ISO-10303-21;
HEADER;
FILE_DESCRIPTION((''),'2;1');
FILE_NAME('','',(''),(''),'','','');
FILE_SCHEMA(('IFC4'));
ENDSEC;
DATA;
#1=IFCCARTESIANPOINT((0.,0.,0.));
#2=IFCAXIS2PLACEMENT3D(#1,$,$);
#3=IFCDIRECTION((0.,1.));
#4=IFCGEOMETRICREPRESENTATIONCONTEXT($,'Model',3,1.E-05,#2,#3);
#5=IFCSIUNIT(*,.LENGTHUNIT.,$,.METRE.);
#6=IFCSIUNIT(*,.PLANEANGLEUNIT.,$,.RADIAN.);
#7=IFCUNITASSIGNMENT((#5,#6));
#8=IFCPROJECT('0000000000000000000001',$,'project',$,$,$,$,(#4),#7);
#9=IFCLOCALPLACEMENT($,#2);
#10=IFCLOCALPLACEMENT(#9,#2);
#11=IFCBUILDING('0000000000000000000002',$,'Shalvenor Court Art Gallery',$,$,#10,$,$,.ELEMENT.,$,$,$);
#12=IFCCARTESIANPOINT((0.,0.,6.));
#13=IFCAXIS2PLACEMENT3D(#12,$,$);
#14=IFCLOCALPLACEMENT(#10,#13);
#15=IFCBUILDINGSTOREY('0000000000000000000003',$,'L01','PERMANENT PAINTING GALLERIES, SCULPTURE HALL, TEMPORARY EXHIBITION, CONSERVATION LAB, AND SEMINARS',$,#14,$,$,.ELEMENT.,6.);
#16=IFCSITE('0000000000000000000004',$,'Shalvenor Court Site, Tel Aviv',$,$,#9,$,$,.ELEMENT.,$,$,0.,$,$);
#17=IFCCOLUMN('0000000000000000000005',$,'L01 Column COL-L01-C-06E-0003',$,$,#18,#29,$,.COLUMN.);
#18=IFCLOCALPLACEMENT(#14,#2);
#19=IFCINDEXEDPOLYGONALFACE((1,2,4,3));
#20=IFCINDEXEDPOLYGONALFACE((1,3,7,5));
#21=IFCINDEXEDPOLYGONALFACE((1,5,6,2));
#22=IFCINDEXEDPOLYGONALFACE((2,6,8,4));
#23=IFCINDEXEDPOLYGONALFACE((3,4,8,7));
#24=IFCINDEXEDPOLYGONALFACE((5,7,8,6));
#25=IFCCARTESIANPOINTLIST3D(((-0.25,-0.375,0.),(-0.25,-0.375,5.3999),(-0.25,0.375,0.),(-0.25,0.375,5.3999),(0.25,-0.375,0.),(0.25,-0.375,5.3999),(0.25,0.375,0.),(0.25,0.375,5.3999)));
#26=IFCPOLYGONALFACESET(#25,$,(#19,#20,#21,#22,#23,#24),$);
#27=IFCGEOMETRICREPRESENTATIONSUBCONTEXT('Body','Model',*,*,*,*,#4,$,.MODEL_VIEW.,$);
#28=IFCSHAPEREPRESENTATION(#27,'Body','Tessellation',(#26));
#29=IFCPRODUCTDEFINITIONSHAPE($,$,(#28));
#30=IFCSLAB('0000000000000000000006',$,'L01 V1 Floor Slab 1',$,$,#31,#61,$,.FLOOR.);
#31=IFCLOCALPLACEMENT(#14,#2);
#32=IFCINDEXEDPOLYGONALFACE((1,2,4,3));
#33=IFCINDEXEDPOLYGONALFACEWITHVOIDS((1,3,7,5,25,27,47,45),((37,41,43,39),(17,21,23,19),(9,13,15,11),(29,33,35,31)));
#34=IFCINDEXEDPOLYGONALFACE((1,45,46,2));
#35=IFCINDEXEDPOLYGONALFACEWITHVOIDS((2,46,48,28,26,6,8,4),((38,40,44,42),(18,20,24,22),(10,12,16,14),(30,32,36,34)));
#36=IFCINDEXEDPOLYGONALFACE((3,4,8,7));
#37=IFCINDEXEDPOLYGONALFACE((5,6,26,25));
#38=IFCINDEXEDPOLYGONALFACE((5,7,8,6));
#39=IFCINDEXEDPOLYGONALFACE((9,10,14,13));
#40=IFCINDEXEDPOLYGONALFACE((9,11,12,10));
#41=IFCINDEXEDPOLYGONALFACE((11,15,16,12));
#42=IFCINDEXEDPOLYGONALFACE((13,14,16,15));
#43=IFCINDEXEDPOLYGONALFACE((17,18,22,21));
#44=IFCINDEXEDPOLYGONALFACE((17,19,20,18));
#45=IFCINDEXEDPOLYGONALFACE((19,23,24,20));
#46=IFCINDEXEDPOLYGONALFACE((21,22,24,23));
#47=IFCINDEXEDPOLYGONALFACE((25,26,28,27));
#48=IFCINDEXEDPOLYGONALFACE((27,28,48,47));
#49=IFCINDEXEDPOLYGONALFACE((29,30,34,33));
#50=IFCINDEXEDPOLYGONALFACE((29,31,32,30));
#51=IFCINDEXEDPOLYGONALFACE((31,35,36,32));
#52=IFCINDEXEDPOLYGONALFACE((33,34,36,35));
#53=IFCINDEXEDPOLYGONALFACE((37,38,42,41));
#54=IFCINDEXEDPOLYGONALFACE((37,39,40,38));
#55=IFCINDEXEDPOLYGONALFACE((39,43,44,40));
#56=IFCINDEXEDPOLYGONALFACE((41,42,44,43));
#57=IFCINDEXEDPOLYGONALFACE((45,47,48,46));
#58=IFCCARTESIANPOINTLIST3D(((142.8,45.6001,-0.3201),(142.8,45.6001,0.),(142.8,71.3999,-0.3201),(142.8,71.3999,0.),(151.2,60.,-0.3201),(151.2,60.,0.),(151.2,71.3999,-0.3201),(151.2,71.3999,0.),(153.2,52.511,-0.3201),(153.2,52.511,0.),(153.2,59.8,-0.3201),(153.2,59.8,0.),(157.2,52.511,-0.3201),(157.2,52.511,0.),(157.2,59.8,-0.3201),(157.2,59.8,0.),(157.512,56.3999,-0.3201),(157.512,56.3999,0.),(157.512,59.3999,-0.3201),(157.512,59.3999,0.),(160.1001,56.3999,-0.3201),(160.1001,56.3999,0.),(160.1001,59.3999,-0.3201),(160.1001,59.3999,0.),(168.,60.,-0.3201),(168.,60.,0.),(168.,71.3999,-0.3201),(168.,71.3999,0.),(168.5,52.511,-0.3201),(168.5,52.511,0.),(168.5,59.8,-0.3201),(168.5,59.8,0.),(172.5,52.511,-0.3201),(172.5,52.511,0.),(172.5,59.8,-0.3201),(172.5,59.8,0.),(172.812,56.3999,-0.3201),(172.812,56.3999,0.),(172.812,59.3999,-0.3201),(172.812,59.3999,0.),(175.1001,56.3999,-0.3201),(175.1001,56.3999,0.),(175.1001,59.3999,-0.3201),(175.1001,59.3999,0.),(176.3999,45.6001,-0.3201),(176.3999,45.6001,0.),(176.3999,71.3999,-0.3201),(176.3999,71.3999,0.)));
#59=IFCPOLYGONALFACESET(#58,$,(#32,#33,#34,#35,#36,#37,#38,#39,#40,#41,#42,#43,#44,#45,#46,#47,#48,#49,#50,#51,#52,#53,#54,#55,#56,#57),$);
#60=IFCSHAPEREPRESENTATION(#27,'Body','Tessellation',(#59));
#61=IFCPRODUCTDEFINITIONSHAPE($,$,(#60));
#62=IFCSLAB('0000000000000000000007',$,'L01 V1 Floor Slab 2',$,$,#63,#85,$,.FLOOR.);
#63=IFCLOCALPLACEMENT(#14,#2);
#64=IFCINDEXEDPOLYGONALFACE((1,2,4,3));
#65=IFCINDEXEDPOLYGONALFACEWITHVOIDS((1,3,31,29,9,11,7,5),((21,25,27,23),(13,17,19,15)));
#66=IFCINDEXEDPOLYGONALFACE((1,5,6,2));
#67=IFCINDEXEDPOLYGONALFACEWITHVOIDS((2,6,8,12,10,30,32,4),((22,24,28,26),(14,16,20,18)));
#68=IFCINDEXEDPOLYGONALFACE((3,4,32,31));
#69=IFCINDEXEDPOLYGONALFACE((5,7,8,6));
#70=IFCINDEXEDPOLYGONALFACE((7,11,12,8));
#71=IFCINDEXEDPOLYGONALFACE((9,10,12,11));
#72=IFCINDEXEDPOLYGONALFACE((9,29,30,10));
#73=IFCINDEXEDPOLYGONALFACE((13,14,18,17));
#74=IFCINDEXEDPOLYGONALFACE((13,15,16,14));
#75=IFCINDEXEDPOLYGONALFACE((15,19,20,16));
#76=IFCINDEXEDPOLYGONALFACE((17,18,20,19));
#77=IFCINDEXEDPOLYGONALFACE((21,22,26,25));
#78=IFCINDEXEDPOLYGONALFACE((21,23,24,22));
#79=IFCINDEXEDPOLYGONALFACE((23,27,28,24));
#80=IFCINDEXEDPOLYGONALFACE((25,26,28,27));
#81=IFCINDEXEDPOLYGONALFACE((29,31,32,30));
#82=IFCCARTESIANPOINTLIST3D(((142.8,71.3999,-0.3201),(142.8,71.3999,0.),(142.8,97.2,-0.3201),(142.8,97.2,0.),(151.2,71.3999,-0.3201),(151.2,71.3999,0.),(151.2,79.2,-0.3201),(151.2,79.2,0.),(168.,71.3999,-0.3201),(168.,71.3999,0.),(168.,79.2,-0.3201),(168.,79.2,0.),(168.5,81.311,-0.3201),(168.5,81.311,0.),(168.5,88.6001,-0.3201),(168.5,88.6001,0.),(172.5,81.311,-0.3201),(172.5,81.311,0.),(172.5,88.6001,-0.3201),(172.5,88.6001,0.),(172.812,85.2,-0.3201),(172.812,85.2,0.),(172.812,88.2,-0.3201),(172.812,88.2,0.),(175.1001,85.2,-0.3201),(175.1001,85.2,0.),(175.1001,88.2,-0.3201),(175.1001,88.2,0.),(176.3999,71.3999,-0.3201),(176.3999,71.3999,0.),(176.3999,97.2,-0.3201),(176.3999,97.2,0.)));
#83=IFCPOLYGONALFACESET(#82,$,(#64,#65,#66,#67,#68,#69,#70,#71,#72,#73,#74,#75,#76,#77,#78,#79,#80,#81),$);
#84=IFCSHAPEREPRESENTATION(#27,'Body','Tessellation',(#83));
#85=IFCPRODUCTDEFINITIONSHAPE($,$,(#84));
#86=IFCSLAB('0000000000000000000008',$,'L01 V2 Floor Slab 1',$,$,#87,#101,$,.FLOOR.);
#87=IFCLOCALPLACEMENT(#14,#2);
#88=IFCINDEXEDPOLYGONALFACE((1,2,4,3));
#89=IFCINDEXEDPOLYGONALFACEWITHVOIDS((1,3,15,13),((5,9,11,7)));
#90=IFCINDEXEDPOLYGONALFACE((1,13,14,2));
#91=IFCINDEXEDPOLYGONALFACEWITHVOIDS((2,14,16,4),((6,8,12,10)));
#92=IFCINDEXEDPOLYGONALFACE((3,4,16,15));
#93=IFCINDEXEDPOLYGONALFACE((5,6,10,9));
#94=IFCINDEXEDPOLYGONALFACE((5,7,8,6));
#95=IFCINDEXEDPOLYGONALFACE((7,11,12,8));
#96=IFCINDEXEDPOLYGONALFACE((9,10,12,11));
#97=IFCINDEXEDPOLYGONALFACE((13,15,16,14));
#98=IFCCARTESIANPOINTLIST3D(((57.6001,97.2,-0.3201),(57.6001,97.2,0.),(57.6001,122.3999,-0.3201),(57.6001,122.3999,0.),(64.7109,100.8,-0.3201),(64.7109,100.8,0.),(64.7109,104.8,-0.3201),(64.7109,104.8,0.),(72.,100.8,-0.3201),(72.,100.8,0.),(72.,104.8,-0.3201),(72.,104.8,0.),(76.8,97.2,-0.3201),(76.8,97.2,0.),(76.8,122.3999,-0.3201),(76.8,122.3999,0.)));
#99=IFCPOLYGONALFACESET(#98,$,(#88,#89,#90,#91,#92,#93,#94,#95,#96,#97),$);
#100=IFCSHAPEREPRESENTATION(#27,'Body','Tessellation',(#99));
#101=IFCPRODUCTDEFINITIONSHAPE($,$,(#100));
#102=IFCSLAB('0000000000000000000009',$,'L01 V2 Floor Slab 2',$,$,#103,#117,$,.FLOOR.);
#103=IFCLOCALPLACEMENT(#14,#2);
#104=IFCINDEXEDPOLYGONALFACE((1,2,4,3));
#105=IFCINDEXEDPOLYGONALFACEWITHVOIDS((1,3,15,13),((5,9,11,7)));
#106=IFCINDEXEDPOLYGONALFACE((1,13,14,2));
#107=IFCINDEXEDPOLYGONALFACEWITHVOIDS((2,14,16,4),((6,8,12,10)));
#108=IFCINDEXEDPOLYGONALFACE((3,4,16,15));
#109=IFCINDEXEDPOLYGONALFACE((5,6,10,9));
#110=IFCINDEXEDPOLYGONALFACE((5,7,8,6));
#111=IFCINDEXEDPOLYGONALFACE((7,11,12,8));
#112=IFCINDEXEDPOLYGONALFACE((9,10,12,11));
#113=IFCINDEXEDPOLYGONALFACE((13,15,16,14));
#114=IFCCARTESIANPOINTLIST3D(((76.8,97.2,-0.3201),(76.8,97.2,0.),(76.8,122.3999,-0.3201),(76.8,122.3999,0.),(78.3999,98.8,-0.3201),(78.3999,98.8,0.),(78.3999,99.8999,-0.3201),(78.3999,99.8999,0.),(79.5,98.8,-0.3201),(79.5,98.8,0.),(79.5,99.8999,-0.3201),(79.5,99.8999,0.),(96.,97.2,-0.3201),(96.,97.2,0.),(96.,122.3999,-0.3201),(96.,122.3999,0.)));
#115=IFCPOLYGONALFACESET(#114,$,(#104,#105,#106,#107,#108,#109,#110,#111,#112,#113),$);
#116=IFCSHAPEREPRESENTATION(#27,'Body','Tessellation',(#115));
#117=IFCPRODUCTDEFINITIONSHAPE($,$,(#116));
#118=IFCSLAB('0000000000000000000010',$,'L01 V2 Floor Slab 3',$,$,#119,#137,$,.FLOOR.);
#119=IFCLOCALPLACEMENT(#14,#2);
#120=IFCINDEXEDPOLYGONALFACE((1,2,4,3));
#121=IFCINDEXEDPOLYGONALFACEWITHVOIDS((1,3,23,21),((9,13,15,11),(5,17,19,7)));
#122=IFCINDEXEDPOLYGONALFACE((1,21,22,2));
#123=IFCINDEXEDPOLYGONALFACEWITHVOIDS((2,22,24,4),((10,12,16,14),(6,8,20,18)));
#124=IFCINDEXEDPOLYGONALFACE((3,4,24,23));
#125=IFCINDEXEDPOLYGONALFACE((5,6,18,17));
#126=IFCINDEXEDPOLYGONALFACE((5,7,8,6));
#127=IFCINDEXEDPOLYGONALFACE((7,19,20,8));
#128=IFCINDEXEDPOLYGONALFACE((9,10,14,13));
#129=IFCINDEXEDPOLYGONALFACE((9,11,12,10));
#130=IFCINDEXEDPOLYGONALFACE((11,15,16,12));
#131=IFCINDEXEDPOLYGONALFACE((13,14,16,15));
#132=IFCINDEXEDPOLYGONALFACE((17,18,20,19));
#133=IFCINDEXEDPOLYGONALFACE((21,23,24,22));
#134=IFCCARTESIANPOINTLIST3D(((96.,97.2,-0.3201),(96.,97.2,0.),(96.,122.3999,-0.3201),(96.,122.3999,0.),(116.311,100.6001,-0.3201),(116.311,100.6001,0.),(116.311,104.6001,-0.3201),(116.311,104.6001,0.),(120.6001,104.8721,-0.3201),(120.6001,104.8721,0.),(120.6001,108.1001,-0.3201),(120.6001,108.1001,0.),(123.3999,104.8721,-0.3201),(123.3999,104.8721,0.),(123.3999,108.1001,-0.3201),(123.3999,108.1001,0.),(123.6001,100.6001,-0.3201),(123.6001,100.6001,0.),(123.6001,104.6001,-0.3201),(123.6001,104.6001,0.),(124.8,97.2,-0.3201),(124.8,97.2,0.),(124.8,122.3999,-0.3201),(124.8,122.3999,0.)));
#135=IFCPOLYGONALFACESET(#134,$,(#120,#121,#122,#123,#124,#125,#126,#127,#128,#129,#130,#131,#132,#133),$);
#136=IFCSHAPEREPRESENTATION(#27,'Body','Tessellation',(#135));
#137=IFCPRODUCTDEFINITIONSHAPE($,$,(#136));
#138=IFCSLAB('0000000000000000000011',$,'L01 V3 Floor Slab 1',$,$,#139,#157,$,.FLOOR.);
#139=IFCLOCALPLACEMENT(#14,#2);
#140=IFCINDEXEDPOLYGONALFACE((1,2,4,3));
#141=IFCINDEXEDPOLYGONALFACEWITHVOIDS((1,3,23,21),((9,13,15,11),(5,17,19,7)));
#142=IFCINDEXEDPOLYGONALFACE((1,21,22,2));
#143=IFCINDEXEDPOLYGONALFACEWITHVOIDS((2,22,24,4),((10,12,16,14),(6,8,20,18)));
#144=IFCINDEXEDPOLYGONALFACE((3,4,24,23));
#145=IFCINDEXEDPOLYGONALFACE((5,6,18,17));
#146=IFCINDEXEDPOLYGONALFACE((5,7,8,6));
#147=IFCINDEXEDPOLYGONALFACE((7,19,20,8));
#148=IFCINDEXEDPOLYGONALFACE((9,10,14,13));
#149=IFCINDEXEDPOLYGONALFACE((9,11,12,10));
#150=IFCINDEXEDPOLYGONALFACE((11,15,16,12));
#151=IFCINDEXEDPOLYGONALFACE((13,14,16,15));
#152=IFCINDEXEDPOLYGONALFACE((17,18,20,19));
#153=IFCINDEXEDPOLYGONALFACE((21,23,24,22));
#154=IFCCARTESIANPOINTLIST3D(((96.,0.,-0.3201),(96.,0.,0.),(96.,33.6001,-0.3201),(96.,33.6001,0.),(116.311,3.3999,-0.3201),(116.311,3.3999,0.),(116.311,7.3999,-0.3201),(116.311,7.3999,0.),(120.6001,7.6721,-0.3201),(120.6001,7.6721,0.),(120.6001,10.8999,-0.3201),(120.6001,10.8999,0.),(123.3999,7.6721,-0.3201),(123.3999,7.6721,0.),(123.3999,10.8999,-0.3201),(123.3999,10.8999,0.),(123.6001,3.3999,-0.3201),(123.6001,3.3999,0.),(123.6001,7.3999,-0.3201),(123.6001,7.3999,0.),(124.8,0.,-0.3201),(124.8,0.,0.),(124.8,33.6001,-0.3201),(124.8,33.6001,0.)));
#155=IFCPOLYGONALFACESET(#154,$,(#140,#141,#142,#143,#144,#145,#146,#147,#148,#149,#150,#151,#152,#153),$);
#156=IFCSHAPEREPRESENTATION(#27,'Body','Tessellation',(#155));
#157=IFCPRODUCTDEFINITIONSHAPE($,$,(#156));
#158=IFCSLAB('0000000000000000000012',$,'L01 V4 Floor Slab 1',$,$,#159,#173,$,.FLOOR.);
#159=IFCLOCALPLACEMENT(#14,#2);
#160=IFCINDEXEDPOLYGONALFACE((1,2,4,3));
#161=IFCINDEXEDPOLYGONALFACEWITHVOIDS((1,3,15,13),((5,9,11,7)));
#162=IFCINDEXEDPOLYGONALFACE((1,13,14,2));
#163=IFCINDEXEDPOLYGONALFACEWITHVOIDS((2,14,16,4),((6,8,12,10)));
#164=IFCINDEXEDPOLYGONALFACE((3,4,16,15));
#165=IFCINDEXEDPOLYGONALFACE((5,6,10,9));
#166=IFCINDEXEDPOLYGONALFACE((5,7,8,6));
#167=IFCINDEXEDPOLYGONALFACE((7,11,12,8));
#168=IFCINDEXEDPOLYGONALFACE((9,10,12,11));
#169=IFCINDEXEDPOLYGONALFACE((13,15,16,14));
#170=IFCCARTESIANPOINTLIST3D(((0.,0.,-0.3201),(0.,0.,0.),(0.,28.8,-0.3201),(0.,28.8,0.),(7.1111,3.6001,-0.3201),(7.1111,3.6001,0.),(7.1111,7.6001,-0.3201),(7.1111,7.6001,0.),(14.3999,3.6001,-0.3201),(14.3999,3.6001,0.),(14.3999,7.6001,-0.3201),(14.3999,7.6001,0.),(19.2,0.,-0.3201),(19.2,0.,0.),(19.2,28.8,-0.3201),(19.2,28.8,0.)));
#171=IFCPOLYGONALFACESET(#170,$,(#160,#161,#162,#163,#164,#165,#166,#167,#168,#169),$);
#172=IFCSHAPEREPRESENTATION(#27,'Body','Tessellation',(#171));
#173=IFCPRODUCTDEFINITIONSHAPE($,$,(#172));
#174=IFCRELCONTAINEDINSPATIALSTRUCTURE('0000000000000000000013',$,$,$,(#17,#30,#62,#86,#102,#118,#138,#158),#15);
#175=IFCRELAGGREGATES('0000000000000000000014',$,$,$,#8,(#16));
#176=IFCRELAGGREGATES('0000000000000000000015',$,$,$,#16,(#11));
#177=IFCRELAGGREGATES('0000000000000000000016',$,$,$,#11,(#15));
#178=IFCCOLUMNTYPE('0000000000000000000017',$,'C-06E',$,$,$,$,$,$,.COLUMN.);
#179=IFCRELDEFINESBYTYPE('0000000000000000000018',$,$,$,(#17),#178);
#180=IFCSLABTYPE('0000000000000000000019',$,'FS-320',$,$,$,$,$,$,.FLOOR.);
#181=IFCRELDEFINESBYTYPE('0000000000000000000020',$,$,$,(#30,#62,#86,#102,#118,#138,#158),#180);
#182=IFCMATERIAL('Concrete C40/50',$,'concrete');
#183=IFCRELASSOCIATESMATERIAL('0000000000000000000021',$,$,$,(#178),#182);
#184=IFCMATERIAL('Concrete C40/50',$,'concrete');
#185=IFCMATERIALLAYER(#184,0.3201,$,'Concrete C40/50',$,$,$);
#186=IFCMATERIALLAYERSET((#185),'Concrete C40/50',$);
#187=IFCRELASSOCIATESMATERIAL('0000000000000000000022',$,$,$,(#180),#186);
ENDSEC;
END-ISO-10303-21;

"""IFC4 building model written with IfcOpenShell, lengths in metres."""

from ifc_helpers import new_model, si_unit, direction, frame, origin, origin_with_axes, origin_2d, place, context, subcontext, project, spatial, polyline, rectangle, outline, extrude, material, layer, layer_set, material_profile, profile_set, type_object, element, save


model = new_model("IFC4")

# Units and contexts
model_context = context("Model", 3, precision=1e-05, world=origin(), true_north=direction((0.0, 1.0)))
body_context = subcontext(model_context, "Body", "Model", "MODEL_VIEW")
ifc_project = project(units=[si_unit("LENGTHUNIT", "METRE"), si_unit("PLANEANGLEUNIT", "RADIAN")], contexts=[model_context])

# Site, building, storey
site_placement = place(None, origin())
site = spatial("IfcSite", under=ifc_project, at=site_placement, Name="Shalvenor Court Site, Tel Aviv", CompositionType="ELEMENT", RefElevation=0.0)
building_placement = place(site_placement, origin())
building = spatial("IfcBuilding", under=site, at=building_placement, Name="Shalvenor Court Art Gallery", CompositionType="ELEMENT")
storey_placement = place(building_placement, frame((0.0, 0.0, 6.0)))
storey = spatial("IfcBuildingStorey", under=building, at=storey_placement, Name="L01", Description="PERMANENT PAINTING GALLERIES, SCULPTURE HALL, TEMPORARY EXHIBITION, CONSERVATION LAB, AND SEMINARS", CompositionType="ELEMENT", Elevation=6.0)

# Column
ifc_material_1 = material(Name="Concrete C40/50", Category="concrete")
ifc_material_profile = material_profile(ifc_material_1, rectangle(XDim=0.5, YDim=0.75, at=origin_2d()), Name="RC 500x750")
ifc_profile_set = profile_set([ifc_material_profile], Name="Concrete C40/50")
column_type = type_object("IfcColumnType", Name="C-06E", PredefinedType="COLUMN", material=ifc_profile_set)
column_placement = place(storey_placement, origin_with_axes())
element("IfcColumn", 1, at=column_placement, inside=storey, type_object=column_type, Name="L01 Column COL-L01-C-06E-0003", PredefinedType="COLUMN", context=body_context, shape_type="SweptSolid", body=[
    extrude(rectangle(XDim=0.5, YDim=0.75, at=origin_2d()), origin(), (0.0, 0.0, 1.0), 5.3999),
])

# Slabs
ifc_material_2 = material(Name="Concrete C40/50", Category="concrete")
ifc_layer_1 = layer(ifc_material_2, 0.3201, Name="Concrete C40/50")
ifc_layer_set_1 = layer_set([ifc_layer_1], Name="Concrete C40/50")
slab_type_1 = type_object("IfcSlabType", Name="FS-320", PredefinedType="FLOOR", material=ifc_layer_set_1)
slab_1_placement = place(storey_placement, frame((0.0, 0.0, -0.3201)))
element("IfcSlab", 2, at=slab_1_placement, inside=storey, type_object=slab_type_1, Name="L01 V1 Floor Slab 1", PredefinedType="FLOOR", context=body_context, shape_type="SweptSolid", body=[
    extrude(outline(polyline([(176.3999, 45.6001), (142.8, 45.6001), (142.8, 71.3999), (151.2, 71.3999), (151.2, 60.0), (168.0, 60.0), (168.0, 71.3999), (176.3999, 71.3999), (176.3999, 45.6001)]), holes=[polyline([(168.5, 59.8), (168.5, 52.511), (172.5, 52.511), (172.5, 59.8), (168.5, 59.8)]), polyline([(157.2, 59.8), (153.2, 59.8), (153.2, 52.511), (157.2, 52.511), (157.2, 59.8)]), polyline([(172.812, 56.3999), (175.1001, 56.3999), (175.1001, 59.3999), (172.812, 59.3999), (172.812, 56.3999)]), polyline([(157.512, 59.3999), (157.512, 56.3999), (160.1001, 56.3999), (160.1001, 59.3999), (157.512, 59.3999)])]), origin(), (0.0, 0.0, 1.0), 0.3201),
])
slab_2_placement = place(storey_placement, frame((0.0, 0.0, -0.3201)))
element("IfcSlab", 3, at=slab_2_placement, inside=storey, type_object=slab_type_1, Name="L01 V1 Floor Slab 2", PredefinedType="FLOOR", context=body_context, shape_type="SweptSolid", body=[
    extrude(outline(polyline([(176.3999, 71.3999), (168.0, 71.3999), (168.0, 79.2), (151.2, 79.2), (151.2, 71.3999), (142.8, 71.3999), (142.8, 97.2), (176.3999, 97.2), (176.3999, 71.3999)]), holes=[polyline([(168.5, 81.311), (172.5, 81.311), (172.5, 88.6001), (168.5, 88.6001), (168.5, 81.311)]), polyline([(175.1001, 85.2), (175.1001, 88.2), (172.812, 88.2), (172.812, 85.2), (175.1001, 85.2)])]), origin(), (0.0, 0.0, 1.0), 0.3201),
])
slab_3_placement = place(storey_placement, frame((0.0, 0.0, -0.3201)))
element("IfcSlab", 4, at=slab_3_placement, inside=storey, type_object=slab_type_1, Name="L01 V2 Floor Slab 1", PredefinedType="FLOOR", context=body_context, shape_type="SweptSolid", body=[
    extrude(outline(polyline([(57.6001, 97.2), (57.6001, 122.3999), (76.8, 122.3999), (76.8, 97.2), (57.6001, 97.2)]), holes=[polyline([(64.7109, 100.8), (72.0, 100.8), (72.0, 104.8), (64.7109, 104.8), (64.7109, 100.8)])]), origin(), (0.0, 0.0, 1.0), 0.3201),
])
slab_4_placement = place(storey_placement, frame((0.0, 0.0, -0.3201)))
element("IfcSlab", 5, at=slab_4_placement, inside=storey, type_object=slab_type_1, Name="L01 V2 Floor Slab 2", PredefinedType="FLOOR", context=body_context, shape_type="SweptSolid", body=[
    extrude(outline(polyline([(76.8, 97.2), (76.8, 122.3999), (96.0, 122.3999), (96.0, 97.2), (76.8, 97.2)]), holes=[polyline([(78.3999, 98.8), (79.5, 98.8), (79.5, 99.8999), (78.3999, 99.8999), (78.3999, 98.8)])]), origin(), (0.0, 0.0, 1.0), 0.3201),
])
slab_5_placement = place(storey_placement, frame((0.0, 0.0, -0.3201)))
element("IfcSlab", 6, at=slab_5_placement, inside=storey, type_object=slab_type_1, Name="L01 V2 Floor Slab 3", PredefinedType="FLOOR", context=body_context, shape_type="SweptSolid", body=[
    extrude(outline(polyline([(124.8, 97.2), (96.0, 97.2), (96.0, 122.3999), (124.8, 122.3999), (124.8, 97.2)]), holes=[polyline([(123.6001, 100.6001), (123.6001, 104.6001), (116.311, 104.6001), (116.311, 100.6001), (123.6001, 100.6001)]), polyline([(120.6001, 108.1001), (120.6001, 104.8721), (123.3999, 104.8721), (123.3999, 108.1001), (120.6001, 108.1001)])]), origin(), (0.0, 0.0, 1.0), 0.3201),
])
slab_6_placement = place(storey_placement, frame((0.0, 0.0, -0.3201)))
element("IfcSlab", 7, at=slab_6_placement, inside=storey, type_object=slab_type_1, Name="L01 V3 Floor Slab 1", PredefinedType="FLOOR", context=body_context, shape_type="SweptSolid", body=[
    extrude(outline(polyline([(124.8, 33.6001), (124.8, 0.0), (96.0, 0.0), (96.0, 33.6001), (124.8, 33.6001)]), holes=[polyline([(116.311, 3.3999), (123.6001, 3.3999), (123.6001, 7.3999), (116.311, 7.3999), (116.311, 3.3999)]), polyline([(120.6001, 10.8999), (120.6001, 7.6721), (123.3999, 7.6721), (123.3999, 10.8999), (120.6001, 10.8999)])]), origin(), (0.0, 0.0, 1.0), 0.3201),
])
slab_7_placement = place(storey_placement, frame((0.0, 0.0, -0.3201)))
element("IfcSlab", 8, at=slab_7_placement, inside=storey, type_object=slab_type_1, Name="L01 V4 Floor Slab 1", PredefinedType="FLOOR", context=body_context, shape_type="SweptSolid", body=[
    extrude(outline(polyline([(19.2, 28.8), (19.2, 0.0), (0.0, 0.0), (0.0, 28.8), (19.2, 28.8)]), holes=[polyline([(7.1111, 3.6001), (14.3999, 3.6001), (14.3999, 7.6001), (7.1111, 7.6001), (7.1111, 3.6001)])]), origin(), (0.0, 0.0, 1.0), 0.3201),
])

save(model, "model.ifc")
